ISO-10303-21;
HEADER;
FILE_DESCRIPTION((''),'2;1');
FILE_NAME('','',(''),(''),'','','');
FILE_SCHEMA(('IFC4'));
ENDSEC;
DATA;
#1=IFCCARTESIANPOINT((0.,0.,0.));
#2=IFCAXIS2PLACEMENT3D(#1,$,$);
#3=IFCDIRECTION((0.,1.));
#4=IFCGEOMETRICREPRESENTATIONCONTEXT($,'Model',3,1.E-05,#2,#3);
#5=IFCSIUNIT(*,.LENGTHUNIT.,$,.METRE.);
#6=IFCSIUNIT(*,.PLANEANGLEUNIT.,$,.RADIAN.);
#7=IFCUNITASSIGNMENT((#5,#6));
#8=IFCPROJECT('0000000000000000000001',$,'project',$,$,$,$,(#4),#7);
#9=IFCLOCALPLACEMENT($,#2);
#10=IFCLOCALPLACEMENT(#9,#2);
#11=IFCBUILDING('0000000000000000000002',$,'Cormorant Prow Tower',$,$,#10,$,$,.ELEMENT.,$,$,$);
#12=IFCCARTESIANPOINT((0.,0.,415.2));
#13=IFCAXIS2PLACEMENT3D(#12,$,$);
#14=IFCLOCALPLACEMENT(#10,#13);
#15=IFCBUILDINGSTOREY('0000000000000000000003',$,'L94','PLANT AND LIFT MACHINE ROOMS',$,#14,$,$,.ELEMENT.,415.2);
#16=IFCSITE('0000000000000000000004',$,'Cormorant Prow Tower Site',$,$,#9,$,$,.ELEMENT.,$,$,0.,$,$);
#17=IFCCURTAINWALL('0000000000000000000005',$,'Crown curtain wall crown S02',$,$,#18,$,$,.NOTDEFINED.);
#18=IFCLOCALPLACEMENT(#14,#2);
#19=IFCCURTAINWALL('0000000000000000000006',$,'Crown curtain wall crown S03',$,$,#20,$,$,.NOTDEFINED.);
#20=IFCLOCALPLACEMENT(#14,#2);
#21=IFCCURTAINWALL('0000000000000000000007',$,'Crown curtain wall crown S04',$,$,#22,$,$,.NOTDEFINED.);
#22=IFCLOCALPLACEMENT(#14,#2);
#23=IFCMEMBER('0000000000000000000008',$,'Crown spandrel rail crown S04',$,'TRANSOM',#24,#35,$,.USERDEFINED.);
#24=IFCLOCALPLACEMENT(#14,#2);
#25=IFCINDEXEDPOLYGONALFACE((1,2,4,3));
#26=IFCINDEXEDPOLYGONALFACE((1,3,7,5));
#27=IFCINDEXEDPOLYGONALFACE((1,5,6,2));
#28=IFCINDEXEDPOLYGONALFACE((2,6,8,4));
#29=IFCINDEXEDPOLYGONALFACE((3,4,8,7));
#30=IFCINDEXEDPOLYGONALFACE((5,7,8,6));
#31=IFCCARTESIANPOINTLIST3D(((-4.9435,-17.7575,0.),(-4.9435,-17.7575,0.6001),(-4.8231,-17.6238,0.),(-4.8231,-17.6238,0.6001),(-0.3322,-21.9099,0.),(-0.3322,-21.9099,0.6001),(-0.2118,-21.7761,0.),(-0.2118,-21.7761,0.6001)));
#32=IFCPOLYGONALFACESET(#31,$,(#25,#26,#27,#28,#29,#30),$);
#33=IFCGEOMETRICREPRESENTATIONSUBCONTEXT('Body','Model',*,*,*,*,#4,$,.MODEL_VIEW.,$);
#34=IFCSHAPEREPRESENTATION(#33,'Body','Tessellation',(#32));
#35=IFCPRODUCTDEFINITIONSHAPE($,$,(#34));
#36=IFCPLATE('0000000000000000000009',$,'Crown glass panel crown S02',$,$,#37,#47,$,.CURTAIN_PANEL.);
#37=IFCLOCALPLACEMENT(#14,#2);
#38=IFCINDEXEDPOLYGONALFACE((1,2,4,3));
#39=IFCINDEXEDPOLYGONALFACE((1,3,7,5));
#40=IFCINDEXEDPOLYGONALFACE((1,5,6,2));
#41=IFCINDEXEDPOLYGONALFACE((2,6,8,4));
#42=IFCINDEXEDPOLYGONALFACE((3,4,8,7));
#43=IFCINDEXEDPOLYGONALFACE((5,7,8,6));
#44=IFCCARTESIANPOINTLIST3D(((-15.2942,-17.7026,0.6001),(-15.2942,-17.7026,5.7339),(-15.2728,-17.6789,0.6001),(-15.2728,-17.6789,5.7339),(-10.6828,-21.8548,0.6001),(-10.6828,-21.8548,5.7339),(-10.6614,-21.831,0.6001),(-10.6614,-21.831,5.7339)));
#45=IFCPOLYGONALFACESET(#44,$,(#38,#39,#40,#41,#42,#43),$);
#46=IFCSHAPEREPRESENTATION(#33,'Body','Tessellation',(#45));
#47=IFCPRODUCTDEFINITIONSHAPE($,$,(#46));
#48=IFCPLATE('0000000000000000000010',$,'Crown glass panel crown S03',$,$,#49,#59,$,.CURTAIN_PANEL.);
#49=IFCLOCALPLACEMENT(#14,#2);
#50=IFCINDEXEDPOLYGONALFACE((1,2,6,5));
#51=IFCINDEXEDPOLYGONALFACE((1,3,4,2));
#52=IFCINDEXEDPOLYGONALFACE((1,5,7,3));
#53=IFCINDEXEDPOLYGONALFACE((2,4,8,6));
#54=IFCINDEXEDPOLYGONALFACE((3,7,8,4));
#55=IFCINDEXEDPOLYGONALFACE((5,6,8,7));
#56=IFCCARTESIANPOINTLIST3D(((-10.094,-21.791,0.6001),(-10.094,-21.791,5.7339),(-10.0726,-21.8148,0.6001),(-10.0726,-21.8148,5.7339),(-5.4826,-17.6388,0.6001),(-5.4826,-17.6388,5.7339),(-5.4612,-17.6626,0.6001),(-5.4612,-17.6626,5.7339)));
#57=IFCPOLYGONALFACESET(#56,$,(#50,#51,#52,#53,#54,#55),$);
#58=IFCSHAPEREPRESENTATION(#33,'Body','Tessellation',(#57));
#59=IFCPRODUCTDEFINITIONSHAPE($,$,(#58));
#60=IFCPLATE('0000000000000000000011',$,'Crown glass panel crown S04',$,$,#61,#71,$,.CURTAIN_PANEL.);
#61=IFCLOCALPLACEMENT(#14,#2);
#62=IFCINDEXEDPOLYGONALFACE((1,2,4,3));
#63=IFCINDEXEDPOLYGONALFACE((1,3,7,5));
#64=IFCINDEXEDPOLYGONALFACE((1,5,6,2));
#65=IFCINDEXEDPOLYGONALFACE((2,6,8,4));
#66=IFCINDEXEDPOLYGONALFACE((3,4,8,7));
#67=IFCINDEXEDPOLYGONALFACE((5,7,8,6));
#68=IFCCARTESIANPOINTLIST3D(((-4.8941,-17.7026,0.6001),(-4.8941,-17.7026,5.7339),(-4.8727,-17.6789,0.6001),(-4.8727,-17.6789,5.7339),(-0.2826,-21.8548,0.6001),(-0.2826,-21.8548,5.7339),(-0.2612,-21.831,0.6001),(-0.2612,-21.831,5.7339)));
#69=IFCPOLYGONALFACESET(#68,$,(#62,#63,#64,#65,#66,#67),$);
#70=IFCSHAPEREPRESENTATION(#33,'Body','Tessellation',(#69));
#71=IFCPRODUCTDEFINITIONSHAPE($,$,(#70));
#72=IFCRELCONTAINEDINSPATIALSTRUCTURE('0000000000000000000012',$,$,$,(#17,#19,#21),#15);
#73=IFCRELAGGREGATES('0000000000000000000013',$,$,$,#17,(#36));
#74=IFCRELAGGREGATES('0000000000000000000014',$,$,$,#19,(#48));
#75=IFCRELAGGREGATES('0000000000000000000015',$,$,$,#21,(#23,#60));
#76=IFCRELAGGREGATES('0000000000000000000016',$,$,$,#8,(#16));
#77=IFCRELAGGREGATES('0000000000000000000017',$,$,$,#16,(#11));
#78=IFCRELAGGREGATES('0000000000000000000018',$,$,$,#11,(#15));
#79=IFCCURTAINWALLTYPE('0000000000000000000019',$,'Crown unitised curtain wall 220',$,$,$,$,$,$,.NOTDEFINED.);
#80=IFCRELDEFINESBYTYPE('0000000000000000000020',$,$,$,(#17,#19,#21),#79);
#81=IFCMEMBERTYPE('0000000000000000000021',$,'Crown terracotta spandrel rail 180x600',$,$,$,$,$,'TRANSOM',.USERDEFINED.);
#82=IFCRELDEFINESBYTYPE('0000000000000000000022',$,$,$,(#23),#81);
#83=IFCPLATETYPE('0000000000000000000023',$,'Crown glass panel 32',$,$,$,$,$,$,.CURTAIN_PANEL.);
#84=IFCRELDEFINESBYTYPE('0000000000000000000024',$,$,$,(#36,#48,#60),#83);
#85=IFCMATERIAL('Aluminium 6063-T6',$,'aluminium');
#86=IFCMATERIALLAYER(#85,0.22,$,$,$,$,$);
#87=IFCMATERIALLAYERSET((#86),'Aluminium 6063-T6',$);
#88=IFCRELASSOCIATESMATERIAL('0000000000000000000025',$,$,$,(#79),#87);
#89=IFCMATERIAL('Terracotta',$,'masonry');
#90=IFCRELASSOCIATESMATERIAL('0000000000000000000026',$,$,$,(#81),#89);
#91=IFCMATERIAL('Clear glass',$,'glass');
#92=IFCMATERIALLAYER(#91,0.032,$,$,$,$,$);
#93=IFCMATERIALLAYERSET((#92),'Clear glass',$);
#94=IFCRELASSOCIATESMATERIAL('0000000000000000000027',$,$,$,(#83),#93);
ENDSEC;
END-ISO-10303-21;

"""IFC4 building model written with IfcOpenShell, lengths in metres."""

from ifc_helpers import new_model, si_unit, direction, frame, origin, origin_2d, place, context, subcontext, project, spatial, rectangle, extrude, material, layer, layer_set, material_profile, profile_set, type_object, element, aggregate, save


model = new_model("IFC4")

# Units and contexts
model_context = context("Model", 3, precision=1e-05, world=origin(), true_north=direction((0.0, 1.0)))
body_context = subcontext(model_context, "Body", "Model", "MODEL_VIEW")
ifc_project = project(units=[si_unit("LENGTHUNIT", "METRE"), si_unit("PLANEANGLEUNIT", "RADIAN")], contexts=[model_context])

# Site, building, storey
site_placement = place(None, origin())
site = spatial("IfcSite", under=ifc_project, at=site_placement, Name="Cormorant Prow Tower Site", CompositionType="ELEMENT", RefElevation=0.0)
building_placement = place(site_placement, origin())
building = spatial("IfcBuilding", under=site, at=building_placement, Name="Cormorant Prow Tower", CompositionType="ELEMENT")
storey_placement = place(building_placement, frame((0.0, 0.0, 415.2)))
storey = spatial("IfcBuildingStorey", under=building, at=storey_placement, Name="L94", Description="PLANT AND LIFT MACHINE ROOMS", CompositionType="ELEMENT", Elevation=415.2)

# Curtain walls
ifc_material_1 = material(Name="Aluminium 6063-T6", Category="aluminium")
ifc_layer_1 = layer(ifc_material_1, 0.22)
ifc_layer_set_1 = layer_set([ifc_layer_1], Name="Aluminium 6063-T6")
curtain_wall_type = type_object("IfcCurtainWallType", Name="Crown unitised curtain wall 220", PredefinedType="NOTDEFINED", material=ifc_layer_set_1)
curtain_wall_1_placement = place(storey_placement, origin())
curtain_wall_1 = element("IfcCurtainWall", 1, at=curtain_wall_1_placement, inside=storey, type_object=curtain_wall_type, Name="Crown curtain wall crown S02", PredefinedType="NOTDEFINED")
curtain_wall_2_placement = place(storey_placement, origin())
curtain_wall_2 = element("IfcCurtainWall", 2, at=curtain_wall_2_placement, inside=storey, type_object=curtain_wall_type, Name="Crown curtain wall crown S03", PredefinedType="NOTDEFINED")
curtain_wall_3_placement = place(storey_placement, origin())
curtain_wall_3 = element("IfcCurtainWall", 3, at=curtain_wall_3_placement, inside=storey, type_object=curtain_wall_type, Name="Crown curtain wall crown S04", PredefinedType="NOTDEFINED")

# Member
ifc_material_2 = material(Name="Terracotta", Category="masonry")
ifc_material_profile_1 = material_profile(ifc_material_2, rectangle(XDim=0.1799, YDim=0.6001, at=origin_2d()), Name="Crown terracotta spandrel rail 180x600")
ifc_profile_set_1 = profile_set([ifc_material_profile_1], Name="Terracotta")
member_type_1 = type_object("IfcMemberType", Name="Crown terracotta spandrel rail 180x600", ElementType="TRANSOM", PredefinedType="USERDEFINED", material=ifc_profile_set_1)
member_1_placement = place(storey_placement, frame((-4.8833, -17.6907, 0.3), z_axis=(0.743122, -0.669156, 0.0), x_axis=(0.669156, 0.743122, 0.0)))
member_1 = element("IfcMember", 4, at=member_1_placement, type_object=member_type_1, Name="Crown spandrel rail crown S04", ObjectType="TRANSOM", PredefinedType="USERDEFINED", context=body_context, shape_type="SweptSolid", body=[
    extrude(rectangle(XDim=0.1799, YDim=0.6001, at=origin_2d()), origin(), (0.0, 0.0, 1.0), 6.2053),
])

# Plates
ifc_material_3 = material(Name="Clear glass", Category="glass")
ifc_layer_2 = layer(ifc_material_3, 0.032)
ifc_layer_set_2 = layer_set([ifc_layer_2], Name="Clear glass")
plate_type = type_object("IfcPlateType", Name="Crown glass panel 32", PredefinedType="CURTAIN_PANEL", material=ifc_layer_set_2)
plate_1_placement = place(storey_placement, frame((-12.9778, -19.7668, 0.6001), z_axis=(0.0, 0.0, 1.0), x_axis=(0.743145, -0.669131, 0.0)))
plate_1 = element("IfcPlate", 5, at=plate_1_placement, type_object=plate_type, Name="Crown glass panel crown S02", PredefinedType="CURTAIN_PANEL", context=body_context, shape_type="SweptSolid", body=[
    extrude(rectangle(XDim=6.2053, YDim=0.032, at=origin_2d()), origin(), (0.0, 0.0, 1.0), 5.1338),
])
aggregate(curtain_wall_1, [plate_1])
plate_2_placement = place(storey_placement, frame((-7.7776, -19.7268, 0.6001), z_axis=(0.0, 0.0, 1.0), x_axis=(0.743145, 0.669131, 0.0)))
plate_2 = element("IfcPlate", 6, at=plate_2_placement, type_object=plate_type, Name="Crown glass panel crown S03", PredefinedType="CURTAIN_PANEL", context=body_context, shape_type="SweptSolid", body=[
    extrude(rectangle(XDim=6.2053, YDim=0.032, at=origin_2d()), origin(), (0.0, 0.0, 1.0), 5.1338),
])
aggregate(curtain_wall_2, [plate_2])
plate_3_placement = place(storey_placement, frame((-2.5776, -19.7668, 0.6001), z_axis=(0.0, 0.0, 1.0), x_axis=(0.743145, -0.669131, 0.0)))
plate_3 = element("IfcPlate", 7, at=plate_3_placement, type_object=plate_type, Name="Crown glass panel crown S04", PredefinedType="CURTAIN_PANEL", context=body_context, shape_type="SweptSolid", body=[
    extrude(rectangle(XDim=6.2053, YDim=0.032, at=origin_2d()), origin(), (0.0, 0.0, 1.0), 5.1338),
])
aggregate(curtain_wall_3, [member_1, plate_3])

save(model, "model.ifc")
